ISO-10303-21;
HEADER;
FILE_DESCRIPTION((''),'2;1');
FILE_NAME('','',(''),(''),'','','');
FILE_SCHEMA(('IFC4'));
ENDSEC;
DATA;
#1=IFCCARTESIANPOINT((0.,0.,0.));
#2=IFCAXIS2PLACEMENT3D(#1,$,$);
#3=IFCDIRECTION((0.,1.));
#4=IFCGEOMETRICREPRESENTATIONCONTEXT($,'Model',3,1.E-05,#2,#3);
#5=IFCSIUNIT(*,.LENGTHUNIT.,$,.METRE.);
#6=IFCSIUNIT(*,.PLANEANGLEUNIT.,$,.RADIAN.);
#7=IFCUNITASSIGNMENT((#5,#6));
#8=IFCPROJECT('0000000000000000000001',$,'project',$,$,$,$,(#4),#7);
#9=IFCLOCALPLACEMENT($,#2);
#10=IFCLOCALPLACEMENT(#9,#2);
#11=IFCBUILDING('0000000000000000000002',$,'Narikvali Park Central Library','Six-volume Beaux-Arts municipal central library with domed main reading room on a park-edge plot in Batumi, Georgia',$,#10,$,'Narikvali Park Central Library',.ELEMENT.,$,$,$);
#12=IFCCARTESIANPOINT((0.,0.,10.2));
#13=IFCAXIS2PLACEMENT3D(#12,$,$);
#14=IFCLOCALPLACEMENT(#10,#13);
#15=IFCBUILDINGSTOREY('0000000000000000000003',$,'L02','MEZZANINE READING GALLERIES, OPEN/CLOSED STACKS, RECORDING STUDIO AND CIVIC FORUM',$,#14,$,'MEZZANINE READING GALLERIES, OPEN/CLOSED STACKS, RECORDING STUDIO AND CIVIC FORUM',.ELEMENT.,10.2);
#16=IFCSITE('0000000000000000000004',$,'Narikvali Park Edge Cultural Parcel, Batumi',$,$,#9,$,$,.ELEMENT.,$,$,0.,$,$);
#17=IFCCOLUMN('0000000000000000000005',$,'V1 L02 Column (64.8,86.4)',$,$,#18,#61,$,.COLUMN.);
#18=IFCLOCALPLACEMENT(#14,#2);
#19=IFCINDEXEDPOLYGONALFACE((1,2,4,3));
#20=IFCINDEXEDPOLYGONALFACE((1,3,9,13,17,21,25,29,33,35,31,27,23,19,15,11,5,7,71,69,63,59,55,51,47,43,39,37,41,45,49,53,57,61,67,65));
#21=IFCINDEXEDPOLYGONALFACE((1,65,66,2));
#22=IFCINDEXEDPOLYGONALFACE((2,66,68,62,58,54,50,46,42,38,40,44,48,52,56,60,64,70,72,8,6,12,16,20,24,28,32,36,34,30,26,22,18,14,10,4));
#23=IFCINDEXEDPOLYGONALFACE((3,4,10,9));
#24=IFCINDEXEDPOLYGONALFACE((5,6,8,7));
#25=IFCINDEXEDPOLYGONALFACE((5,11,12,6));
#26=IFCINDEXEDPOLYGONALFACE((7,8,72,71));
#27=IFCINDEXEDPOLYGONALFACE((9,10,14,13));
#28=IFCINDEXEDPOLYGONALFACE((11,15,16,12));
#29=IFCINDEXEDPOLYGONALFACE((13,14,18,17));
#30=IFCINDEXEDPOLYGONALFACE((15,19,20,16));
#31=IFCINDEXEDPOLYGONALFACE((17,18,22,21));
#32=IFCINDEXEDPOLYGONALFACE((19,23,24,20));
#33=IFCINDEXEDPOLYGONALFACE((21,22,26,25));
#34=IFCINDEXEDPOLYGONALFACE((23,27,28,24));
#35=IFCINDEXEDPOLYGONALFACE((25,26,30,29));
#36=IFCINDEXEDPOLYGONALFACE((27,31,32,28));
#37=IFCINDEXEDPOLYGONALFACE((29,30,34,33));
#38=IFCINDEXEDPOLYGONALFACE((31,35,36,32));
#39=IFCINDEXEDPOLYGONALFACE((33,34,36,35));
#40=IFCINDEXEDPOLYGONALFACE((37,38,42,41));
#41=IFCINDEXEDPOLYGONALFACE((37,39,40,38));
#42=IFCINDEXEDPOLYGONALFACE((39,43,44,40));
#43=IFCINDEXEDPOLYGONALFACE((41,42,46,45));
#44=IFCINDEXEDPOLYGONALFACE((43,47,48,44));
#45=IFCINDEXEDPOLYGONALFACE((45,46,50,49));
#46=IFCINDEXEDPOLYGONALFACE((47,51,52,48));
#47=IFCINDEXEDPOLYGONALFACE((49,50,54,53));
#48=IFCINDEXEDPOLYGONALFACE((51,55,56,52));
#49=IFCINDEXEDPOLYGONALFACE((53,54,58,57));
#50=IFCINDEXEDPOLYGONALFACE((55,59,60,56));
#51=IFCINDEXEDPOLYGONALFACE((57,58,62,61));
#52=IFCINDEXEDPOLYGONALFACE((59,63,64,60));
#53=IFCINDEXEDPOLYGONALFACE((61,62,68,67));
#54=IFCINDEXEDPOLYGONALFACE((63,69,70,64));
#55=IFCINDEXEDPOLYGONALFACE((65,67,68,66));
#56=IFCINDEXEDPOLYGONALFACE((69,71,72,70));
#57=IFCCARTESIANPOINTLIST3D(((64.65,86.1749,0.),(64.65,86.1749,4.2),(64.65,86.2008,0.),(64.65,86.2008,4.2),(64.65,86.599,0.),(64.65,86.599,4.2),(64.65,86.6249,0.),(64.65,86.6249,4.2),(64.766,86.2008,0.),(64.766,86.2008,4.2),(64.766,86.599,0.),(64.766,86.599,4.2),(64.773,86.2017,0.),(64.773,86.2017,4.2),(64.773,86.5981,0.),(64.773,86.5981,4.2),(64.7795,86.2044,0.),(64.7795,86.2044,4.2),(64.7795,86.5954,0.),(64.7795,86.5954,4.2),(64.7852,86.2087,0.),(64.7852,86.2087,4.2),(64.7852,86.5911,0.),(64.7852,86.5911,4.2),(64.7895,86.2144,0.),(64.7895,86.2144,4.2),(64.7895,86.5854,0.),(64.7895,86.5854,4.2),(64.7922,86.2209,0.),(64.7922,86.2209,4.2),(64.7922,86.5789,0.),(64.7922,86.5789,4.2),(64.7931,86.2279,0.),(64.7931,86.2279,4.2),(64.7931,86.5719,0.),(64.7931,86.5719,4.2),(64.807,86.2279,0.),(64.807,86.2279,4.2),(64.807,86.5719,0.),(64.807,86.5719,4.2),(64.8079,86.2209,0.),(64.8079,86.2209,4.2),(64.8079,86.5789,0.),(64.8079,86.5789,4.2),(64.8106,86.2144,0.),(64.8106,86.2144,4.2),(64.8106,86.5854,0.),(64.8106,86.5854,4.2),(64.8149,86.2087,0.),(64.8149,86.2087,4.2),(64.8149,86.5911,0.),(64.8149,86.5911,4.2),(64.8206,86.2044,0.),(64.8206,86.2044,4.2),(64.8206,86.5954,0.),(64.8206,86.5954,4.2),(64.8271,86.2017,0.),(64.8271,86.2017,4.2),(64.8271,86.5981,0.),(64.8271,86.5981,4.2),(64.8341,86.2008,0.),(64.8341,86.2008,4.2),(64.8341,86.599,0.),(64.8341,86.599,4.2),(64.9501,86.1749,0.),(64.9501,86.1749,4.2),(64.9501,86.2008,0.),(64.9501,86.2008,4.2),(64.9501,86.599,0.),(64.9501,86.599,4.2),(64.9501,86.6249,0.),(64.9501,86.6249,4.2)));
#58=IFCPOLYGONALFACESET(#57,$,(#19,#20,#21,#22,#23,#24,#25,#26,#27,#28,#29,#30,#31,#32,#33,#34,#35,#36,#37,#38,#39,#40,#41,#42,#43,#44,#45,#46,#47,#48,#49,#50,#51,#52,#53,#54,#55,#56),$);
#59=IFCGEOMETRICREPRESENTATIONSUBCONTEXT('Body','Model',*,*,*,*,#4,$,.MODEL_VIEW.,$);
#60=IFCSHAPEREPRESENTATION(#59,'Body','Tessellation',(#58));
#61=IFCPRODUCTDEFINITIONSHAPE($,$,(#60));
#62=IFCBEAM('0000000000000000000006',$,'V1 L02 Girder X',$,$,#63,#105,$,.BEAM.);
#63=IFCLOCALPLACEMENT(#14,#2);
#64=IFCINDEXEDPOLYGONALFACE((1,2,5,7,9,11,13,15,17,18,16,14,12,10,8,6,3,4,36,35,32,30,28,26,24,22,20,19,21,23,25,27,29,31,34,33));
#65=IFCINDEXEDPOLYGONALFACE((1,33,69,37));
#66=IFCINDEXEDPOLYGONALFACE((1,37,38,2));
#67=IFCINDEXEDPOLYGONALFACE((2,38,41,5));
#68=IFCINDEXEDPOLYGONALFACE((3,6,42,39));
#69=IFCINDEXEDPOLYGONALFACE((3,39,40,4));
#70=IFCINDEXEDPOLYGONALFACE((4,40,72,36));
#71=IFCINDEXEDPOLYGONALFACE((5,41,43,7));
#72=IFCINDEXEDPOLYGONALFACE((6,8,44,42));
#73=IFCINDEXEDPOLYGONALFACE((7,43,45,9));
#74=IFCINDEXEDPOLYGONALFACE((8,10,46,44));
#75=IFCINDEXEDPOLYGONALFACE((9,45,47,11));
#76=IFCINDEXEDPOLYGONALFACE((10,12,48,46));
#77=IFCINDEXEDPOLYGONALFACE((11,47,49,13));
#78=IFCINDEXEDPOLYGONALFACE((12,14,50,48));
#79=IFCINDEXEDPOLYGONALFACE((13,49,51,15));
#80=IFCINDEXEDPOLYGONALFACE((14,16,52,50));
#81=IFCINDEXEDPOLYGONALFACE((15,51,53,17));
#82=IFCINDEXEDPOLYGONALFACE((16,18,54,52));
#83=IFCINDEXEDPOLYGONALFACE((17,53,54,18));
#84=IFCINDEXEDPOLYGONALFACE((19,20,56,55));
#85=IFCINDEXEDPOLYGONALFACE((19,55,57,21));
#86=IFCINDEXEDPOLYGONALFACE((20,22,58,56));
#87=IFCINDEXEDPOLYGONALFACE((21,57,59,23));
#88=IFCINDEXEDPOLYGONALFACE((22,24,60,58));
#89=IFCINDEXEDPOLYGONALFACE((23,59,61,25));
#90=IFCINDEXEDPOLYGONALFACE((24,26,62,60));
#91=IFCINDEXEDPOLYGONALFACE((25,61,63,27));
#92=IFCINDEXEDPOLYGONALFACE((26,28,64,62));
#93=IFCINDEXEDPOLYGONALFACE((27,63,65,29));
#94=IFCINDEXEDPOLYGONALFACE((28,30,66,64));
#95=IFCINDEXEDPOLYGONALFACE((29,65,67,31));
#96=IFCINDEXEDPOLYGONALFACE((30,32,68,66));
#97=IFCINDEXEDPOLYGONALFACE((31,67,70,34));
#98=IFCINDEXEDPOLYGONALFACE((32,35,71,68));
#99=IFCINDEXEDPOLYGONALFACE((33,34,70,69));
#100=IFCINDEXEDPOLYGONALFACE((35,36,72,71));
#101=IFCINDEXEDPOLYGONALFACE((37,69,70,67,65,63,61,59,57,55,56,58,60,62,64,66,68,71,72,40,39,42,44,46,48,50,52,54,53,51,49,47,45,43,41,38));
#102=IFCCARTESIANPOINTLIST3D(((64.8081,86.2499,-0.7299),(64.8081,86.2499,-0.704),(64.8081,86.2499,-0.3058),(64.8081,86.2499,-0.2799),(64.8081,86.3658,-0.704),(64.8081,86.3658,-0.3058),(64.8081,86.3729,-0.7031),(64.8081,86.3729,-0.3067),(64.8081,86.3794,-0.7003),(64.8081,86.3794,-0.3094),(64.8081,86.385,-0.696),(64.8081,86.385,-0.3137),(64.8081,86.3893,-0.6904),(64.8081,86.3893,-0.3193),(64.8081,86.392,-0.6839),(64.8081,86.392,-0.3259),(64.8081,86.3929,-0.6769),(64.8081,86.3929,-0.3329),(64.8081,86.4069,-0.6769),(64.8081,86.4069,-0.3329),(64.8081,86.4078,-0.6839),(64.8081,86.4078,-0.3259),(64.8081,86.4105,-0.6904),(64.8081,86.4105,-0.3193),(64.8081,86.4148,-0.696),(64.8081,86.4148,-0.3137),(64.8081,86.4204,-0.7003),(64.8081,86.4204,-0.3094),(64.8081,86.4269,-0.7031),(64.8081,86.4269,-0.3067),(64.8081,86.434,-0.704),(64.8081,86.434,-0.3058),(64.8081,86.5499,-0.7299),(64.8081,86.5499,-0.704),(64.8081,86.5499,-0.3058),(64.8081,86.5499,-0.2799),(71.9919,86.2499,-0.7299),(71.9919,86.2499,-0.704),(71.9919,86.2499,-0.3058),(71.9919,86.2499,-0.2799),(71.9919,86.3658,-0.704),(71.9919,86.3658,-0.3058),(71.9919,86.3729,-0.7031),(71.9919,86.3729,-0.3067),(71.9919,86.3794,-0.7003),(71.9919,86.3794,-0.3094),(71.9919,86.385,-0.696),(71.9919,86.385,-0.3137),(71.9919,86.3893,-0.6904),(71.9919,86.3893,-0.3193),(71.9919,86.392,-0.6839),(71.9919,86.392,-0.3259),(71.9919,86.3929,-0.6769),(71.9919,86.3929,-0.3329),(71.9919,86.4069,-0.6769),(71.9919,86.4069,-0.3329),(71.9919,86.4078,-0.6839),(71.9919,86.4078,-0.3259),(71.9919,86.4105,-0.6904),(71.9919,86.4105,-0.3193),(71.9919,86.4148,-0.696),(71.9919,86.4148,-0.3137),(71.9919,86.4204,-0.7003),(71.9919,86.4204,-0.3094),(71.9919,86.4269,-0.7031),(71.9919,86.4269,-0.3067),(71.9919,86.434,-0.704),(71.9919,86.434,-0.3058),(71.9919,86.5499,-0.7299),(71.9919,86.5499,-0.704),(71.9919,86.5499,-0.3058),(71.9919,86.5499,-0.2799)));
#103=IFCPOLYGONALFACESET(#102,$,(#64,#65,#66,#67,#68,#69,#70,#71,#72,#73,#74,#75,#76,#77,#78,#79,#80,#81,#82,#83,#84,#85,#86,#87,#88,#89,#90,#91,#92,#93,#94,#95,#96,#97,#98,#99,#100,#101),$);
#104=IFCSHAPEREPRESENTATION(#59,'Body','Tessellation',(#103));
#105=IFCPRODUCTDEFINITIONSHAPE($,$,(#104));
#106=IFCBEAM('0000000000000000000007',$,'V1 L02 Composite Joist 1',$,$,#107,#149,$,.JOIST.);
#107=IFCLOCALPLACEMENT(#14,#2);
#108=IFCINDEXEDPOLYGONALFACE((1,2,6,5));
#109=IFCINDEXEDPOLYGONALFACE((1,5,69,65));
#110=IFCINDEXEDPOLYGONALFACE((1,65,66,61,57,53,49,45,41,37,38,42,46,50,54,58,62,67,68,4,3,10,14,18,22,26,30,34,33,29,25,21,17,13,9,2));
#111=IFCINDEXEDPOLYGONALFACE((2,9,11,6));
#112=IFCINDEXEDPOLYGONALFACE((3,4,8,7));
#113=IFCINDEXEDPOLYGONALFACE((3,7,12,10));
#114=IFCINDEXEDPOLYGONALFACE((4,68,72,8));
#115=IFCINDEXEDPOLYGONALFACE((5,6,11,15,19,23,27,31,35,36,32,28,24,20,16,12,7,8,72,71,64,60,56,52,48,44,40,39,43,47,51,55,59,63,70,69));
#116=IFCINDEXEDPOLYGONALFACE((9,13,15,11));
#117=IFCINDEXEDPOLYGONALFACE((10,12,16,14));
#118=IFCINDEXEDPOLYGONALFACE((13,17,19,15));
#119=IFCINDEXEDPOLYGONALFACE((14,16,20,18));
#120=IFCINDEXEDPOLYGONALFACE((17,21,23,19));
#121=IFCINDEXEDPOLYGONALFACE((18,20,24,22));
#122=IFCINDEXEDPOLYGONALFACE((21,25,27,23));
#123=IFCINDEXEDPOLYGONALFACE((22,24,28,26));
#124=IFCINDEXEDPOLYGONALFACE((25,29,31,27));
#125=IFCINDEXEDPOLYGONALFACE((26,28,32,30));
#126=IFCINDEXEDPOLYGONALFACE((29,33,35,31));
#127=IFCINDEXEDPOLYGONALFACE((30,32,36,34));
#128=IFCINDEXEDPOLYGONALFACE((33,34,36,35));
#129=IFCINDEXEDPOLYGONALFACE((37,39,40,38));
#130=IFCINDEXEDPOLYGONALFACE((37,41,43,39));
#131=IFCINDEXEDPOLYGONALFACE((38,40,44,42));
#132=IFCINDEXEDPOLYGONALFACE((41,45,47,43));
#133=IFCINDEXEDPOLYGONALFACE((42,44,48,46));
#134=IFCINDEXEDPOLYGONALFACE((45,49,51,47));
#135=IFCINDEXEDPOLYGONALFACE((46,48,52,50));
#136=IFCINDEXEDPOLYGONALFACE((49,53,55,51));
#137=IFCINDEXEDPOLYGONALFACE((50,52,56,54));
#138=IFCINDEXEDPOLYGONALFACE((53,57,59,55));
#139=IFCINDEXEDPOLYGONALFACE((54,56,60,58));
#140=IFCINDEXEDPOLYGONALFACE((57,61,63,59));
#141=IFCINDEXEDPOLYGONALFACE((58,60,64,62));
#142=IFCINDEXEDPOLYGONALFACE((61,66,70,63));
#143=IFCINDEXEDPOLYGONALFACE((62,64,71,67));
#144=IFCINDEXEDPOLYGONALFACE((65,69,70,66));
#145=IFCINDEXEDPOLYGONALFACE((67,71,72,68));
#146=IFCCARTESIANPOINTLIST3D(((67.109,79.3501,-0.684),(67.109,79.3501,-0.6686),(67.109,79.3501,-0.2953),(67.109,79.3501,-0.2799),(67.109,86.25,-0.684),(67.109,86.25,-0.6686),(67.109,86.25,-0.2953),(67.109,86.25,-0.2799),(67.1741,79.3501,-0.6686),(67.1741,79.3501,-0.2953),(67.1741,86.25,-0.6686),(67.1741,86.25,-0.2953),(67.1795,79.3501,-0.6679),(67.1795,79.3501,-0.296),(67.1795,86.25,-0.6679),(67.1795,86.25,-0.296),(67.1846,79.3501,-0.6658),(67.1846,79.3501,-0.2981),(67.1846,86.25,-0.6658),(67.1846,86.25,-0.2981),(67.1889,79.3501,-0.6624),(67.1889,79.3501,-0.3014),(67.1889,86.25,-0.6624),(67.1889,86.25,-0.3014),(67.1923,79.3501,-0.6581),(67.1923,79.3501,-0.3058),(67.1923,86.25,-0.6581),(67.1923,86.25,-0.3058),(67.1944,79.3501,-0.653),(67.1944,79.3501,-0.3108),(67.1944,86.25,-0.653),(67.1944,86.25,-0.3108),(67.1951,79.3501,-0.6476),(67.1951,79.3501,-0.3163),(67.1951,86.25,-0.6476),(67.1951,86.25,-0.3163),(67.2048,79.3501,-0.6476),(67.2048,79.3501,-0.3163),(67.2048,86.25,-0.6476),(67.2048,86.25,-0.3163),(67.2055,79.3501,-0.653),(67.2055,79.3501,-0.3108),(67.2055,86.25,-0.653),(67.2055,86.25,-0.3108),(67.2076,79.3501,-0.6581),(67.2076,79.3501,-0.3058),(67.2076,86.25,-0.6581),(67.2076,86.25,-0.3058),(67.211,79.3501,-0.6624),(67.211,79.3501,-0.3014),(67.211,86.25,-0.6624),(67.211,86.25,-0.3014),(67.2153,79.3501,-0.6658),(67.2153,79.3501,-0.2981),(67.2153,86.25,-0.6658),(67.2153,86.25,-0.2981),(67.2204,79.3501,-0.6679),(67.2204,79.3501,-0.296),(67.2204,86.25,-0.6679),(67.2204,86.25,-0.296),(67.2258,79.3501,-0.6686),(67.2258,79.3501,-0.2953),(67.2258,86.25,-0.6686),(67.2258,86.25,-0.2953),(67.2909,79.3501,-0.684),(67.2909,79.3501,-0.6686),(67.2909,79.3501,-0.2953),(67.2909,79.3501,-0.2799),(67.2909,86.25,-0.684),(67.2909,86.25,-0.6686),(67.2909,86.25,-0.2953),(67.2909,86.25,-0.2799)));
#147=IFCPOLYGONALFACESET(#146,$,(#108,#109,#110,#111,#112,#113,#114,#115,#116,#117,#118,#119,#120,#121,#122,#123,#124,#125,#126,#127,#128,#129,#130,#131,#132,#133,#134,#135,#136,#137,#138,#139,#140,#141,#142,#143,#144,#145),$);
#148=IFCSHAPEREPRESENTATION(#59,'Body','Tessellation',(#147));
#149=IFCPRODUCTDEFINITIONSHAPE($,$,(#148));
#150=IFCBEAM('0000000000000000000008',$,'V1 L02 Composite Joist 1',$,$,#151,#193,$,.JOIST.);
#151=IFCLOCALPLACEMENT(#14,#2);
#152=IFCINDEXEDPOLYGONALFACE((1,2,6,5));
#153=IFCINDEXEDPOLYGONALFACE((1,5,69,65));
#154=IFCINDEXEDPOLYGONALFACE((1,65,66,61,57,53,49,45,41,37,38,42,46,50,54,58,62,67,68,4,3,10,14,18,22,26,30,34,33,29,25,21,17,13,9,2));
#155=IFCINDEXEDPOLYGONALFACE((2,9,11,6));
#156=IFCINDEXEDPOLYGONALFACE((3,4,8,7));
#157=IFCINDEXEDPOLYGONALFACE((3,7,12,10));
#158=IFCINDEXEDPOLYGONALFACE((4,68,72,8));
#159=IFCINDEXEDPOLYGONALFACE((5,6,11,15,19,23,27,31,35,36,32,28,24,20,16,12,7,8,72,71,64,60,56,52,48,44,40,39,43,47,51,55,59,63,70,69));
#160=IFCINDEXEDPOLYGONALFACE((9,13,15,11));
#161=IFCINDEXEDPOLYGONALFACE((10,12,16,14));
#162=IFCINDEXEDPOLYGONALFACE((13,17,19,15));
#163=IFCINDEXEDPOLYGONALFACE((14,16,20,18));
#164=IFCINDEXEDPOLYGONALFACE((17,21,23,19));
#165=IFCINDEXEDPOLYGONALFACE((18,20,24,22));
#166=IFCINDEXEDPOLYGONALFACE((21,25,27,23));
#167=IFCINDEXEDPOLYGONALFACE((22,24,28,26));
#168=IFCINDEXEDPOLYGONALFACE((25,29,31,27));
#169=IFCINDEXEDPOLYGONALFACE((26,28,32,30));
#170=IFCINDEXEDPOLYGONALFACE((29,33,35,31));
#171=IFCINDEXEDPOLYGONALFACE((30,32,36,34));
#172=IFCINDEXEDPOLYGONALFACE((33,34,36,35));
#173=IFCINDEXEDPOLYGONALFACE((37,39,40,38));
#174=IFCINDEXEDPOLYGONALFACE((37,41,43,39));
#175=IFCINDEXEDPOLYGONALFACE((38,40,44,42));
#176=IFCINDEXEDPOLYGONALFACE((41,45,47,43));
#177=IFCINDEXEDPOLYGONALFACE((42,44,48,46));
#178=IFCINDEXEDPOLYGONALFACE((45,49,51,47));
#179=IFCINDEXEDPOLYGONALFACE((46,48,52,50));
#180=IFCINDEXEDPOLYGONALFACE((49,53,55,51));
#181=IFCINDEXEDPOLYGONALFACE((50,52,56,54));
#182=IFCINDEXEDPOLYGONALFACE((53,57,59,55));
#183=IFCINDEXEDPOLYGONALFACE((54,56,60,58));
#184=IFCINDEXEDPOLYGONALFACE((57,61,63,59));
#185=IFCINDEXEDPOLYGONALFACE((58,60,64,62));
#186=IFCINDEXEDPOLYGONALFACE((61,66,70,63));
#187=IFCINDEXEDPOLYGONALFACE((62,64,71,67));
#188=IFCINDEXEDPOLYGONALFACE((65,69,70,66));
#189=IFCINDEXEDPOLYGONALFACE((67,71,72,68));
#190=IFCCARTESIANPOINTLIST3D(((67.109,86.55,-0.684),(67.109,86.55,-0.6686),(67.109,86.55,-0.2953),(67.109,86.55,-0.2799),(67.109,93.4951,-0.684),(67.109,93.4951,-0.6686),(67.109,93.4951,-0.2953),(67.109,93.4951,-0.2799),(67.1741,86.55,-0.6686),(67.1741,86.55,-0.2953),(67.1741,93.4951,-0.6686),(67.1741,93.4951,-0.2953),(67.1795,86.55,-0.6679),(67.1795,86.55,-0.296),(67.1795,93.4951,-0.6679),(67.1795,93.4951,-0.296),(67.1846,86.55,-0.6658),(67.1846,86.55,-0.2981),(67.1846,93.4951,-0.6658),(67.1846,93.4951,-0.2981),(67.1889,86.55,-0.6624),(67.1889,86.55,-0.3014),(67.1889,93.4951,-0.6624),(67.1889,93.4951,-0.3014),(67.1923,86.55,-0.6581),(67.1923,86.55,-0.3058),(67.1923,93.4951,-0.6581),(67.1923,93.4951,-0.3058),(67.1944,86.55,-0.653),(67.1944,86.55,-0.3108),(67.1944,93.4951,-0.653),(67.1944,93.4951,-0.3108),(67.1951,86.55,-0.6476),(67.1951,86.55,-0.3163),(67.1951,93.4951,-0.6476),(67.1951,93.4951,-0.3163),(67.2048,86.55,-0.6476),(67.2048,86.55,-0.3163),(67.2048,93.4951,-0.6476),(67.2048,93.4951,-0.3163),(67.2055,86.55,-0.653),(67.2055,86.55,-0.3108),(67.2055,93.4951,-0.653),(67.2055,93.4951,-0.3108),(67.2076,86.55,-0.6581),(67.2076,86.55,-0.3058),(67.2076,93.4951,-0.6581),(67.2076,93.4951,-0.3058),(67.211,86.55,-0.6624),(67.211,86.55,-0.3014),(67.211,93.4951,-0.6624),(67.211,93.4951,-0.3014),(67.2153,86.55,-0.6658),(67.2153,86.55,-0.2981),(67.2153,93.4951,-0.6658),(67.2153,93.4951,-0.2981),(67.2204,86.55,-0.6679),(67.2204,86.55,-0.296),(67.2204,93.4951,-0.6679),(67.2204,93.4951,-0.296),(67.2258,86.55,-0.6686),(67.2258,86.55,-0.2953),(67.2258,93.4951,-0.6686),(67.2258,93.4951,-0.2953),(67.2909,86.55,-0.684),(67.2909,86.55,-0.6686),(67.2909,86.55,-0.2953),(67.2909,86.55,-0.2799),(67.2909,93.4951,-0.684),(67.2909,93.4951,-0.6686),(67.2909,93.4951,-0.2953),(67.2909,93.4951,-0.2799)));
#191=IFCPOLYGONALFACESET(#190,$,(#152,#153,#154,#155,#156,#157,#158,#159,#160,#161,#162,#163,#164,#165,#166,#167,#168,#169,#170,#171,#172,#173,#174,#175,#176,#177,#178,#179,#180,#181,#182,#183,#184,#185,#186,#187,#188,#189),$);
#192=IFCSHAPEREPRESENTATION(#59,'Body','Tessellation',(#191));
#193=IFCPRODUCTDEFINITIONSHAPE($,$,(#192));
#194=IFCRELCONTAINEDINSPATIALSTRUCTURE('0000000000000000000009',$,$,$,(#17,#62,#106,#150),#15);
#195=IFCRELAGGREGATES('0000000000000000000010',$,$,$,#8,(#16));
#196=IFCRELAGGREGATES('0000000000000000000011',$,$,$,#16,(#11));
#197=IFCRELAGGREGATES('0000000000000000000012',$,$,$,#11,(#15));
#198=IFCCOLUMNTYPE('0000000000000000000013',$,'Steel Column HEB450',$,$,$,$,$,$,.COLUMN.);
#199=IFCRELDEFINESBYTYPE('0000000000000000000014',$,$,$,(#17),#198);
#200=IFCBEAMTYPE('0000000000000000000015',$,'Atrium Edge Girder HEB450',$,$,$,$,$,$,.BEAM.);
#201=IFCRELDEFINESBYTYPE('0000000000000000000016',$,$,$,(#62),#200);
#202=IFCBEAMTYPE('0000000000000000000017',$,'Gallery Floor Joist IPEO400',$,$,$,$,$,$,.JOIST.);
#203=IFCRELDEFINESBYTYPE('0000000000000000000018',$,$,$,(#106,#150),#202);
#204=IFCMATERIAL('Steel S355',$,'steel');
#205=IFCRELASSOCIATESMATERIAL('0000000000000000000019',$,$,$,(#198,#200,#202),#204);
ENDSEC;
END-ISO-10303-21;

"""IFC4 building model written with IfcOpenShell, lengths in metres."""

from ifc_helpers import new_model, si_unit, direction, frame, origin, origin_2d, place, context, subcontext, project, spatial, i_section, extrude, material, material_profile, profile_set, type_object, element, save


model = new_model("IFC4")

# Units and contexts
model_context = context("Model", 3, precision=1e-05, world=origin(), true_north=direction((0.0, 1.0)))
body_context = subcontext(model_context, "Body", "Model", "MODEL_VIEW")
ifc_project = project(units=[si_unit("LENGTHUNIT", "METRE"), si_unit("PLANEANGLEUNIT", "RADIAN")], contexts=[model_context])

# Site, building, storey
site_placement = place(None, origin())
site = spatial("IfcSite", under=ifc_project, at=site_placement, Name="Narikvali Park Edge Cultural Parcel, Batumi", CompositionType="ELEMENT", RefElevation=0.0)
building_placement = place(site_placement, origin())
building = spatial("IfcBuilding", under=site, at=building_placement, Name="Narikvali Park Central Library", Description="Six-volume Beaux-Arts municipal central library with domed main reading room on a park-edge plot in Batumi, Georgia", LongName="Narikvali Park Central Library", CompositionType="ELEMENT")
storey_placement = place(building_placement, frame((0.0, 0.0, 10.2)))
storey = spatial("IfcBuildingStorey", under=building, at=storey_placement, Name="L02", Description="MEZZANINE READING GALLERIES, OPEN/CLOSED STACKS, RECORDING STUDIO AND CIVIC FORUM", LongName="MEZZANINE READING GALLERIES, OPEN/CLOSED STACKS, RECORDING STUDIO AND CIVIC FORUM", CompositionType="ELEMENT", Elevation=10.2)

# Column
ifc_material_1 = material(Name="Steel S355", Category="steel")
ifc_material_profile_1 = material_profile(ifc_material_1, i_section(OverallWidth=0.3, OverallDepth=0.45, WebThickness=0.0139, FlangeThickness=0.0259, FilletRadius=0.0271, at=origin_2d()), Name="HEB 450")
ifc_profile_set_1 = profile_set([ifc_material_profile_1], Name="Steel S355")
column_type = type_object("IfcColumnType", Name="Steel Column HEB450", PredefinedType="COLUMN", material=ifc_profile_set_1)
column_placement = place(storey_placement, frame((64.8, 86.3999, 0.0), z_axis=(0.0, 0.0, 1.0), x_axis=(1.0, 0.0, 0.0)))
element("IfcColumn", 1, at=column_placement, inside=storey, type_object=column_type, Name="V1 L02 Column (64.8,86.4)", PredefinedType="COLUMN", context=body_context, shape_type="SweptSolid", body=[
    extrude(i_section(OverallWidth=0.3, OverallDepth=0.45, WebThickness=0.0139, FlangeThickness=0.0259, FilletRadius=0.0271, at=origin_2d()), origin(), (0.0, 0.0, 1.0), 4.2),
])

# Beams
ifc_material_profile_2 = material_profile(ifc_material_1, i_section(OverallWidth=0.3, OverallDepth=0.45, WebThickness=0.0139, FlangeThickness=0.0259, FilletRadius=0.0271, at=origin_2d()), Name="HEB 450")
ifc_profile_set_2 = profile_set([ifc_material_profile_2], Name="Steel S355")
beam_type_1 = type_object("IfcBeamType", Name="Atrium Edge Girder HEB450", PredefinedType="BEAM", material=ifc_profile_set_2)
beam_1_placement = place(storey_placement, frame((64.8081, 86.3999, -0.5049), z_axis=(1.0, 0.0, 0.0), x_axis=(0.0, 1.0, 0.0)))
element("IfcBeam", 2, at=beam_1_placement, inside=storey, type_object=beam_type_1, Name="V1 L02 Girder X", PredefinedType="BEAM", context=body_context, shape_type="SweptSolid", body=[
    extrude(i_section(OverallWidth=0.3, OverallDepth=0.45, WebThickness=0.0139, FlangeThickness=0.0259, FilletRadius=0.0271, at=origin_2d()), origin(), (0.0, 0.0, 1.0), 7.1838),
])
ifc_material_profile_3 = material_profile(ifc_material_1, i_section(OverallWidth=0.1819, OverallDepth=0.4041, WebThickness=0.0098, FlangeThickness=0.0154, FilletRadius=0.021, at=origin_2d()), Name="IPEO 400")
ifc_profile_set_3 = profile_set([ifc_material_profile_3], Name="Steel S355")
beam_type_2 = type_object("IfcBeamType", Name="Gallery Floor Joist IPEO400", PredefinedType="JOIST", material=ifc_profile_set_3)
beam_2_placement = place(storey_placement, frame((67.2, 79.3501, -0.4819), z_axis=(0.0, 1.0, 0.0), x_axis=(-1.0, 0.0, 0.0)))
element("IfcBeam", 3, at=beam_2_placement, inside=storey, type_object=beam_type_2, Name="V1 L02 Composite Joist 1", PredefinedType="JOIST", context=body_context, shape_type="SweptSolid", body=[
    extrude(i_section(OverallWidth=0.1819, OverallDepth=0.4041, WebThickness=0.0098, FlangeThickness=0.0154, FilletRadius=0.021, at=origin_2d()), origin(), (0.0, 0.0, 1.0), 6.8999),
])
beam_3_placement = place(storey_placement, frame((67.2, 86.55, -0.4819), z_axis=(0.0, 1.0, 0.0), x_axis=(-1.0, 0.0, 0.0)))
element("IfcBeam", 4, at=beam_3_placement, inside=storey, type_object=beam_type_2, Name="V1 L02 Composite Joist 1", PredefinedType="JOIST", context=body_context, shape_type="SweptSolid", body=[
    extrude(i_section(OverallWidth=0.1819, OverallDepth=0.4041, WebThickness=0.0098, FlangeThickness=0.0154, FilletRadius=0.021, at=origin_2d()), origin(), (0.0, 0.0, 1.0), 6.9451),
])

save(model, "model.ifc")
